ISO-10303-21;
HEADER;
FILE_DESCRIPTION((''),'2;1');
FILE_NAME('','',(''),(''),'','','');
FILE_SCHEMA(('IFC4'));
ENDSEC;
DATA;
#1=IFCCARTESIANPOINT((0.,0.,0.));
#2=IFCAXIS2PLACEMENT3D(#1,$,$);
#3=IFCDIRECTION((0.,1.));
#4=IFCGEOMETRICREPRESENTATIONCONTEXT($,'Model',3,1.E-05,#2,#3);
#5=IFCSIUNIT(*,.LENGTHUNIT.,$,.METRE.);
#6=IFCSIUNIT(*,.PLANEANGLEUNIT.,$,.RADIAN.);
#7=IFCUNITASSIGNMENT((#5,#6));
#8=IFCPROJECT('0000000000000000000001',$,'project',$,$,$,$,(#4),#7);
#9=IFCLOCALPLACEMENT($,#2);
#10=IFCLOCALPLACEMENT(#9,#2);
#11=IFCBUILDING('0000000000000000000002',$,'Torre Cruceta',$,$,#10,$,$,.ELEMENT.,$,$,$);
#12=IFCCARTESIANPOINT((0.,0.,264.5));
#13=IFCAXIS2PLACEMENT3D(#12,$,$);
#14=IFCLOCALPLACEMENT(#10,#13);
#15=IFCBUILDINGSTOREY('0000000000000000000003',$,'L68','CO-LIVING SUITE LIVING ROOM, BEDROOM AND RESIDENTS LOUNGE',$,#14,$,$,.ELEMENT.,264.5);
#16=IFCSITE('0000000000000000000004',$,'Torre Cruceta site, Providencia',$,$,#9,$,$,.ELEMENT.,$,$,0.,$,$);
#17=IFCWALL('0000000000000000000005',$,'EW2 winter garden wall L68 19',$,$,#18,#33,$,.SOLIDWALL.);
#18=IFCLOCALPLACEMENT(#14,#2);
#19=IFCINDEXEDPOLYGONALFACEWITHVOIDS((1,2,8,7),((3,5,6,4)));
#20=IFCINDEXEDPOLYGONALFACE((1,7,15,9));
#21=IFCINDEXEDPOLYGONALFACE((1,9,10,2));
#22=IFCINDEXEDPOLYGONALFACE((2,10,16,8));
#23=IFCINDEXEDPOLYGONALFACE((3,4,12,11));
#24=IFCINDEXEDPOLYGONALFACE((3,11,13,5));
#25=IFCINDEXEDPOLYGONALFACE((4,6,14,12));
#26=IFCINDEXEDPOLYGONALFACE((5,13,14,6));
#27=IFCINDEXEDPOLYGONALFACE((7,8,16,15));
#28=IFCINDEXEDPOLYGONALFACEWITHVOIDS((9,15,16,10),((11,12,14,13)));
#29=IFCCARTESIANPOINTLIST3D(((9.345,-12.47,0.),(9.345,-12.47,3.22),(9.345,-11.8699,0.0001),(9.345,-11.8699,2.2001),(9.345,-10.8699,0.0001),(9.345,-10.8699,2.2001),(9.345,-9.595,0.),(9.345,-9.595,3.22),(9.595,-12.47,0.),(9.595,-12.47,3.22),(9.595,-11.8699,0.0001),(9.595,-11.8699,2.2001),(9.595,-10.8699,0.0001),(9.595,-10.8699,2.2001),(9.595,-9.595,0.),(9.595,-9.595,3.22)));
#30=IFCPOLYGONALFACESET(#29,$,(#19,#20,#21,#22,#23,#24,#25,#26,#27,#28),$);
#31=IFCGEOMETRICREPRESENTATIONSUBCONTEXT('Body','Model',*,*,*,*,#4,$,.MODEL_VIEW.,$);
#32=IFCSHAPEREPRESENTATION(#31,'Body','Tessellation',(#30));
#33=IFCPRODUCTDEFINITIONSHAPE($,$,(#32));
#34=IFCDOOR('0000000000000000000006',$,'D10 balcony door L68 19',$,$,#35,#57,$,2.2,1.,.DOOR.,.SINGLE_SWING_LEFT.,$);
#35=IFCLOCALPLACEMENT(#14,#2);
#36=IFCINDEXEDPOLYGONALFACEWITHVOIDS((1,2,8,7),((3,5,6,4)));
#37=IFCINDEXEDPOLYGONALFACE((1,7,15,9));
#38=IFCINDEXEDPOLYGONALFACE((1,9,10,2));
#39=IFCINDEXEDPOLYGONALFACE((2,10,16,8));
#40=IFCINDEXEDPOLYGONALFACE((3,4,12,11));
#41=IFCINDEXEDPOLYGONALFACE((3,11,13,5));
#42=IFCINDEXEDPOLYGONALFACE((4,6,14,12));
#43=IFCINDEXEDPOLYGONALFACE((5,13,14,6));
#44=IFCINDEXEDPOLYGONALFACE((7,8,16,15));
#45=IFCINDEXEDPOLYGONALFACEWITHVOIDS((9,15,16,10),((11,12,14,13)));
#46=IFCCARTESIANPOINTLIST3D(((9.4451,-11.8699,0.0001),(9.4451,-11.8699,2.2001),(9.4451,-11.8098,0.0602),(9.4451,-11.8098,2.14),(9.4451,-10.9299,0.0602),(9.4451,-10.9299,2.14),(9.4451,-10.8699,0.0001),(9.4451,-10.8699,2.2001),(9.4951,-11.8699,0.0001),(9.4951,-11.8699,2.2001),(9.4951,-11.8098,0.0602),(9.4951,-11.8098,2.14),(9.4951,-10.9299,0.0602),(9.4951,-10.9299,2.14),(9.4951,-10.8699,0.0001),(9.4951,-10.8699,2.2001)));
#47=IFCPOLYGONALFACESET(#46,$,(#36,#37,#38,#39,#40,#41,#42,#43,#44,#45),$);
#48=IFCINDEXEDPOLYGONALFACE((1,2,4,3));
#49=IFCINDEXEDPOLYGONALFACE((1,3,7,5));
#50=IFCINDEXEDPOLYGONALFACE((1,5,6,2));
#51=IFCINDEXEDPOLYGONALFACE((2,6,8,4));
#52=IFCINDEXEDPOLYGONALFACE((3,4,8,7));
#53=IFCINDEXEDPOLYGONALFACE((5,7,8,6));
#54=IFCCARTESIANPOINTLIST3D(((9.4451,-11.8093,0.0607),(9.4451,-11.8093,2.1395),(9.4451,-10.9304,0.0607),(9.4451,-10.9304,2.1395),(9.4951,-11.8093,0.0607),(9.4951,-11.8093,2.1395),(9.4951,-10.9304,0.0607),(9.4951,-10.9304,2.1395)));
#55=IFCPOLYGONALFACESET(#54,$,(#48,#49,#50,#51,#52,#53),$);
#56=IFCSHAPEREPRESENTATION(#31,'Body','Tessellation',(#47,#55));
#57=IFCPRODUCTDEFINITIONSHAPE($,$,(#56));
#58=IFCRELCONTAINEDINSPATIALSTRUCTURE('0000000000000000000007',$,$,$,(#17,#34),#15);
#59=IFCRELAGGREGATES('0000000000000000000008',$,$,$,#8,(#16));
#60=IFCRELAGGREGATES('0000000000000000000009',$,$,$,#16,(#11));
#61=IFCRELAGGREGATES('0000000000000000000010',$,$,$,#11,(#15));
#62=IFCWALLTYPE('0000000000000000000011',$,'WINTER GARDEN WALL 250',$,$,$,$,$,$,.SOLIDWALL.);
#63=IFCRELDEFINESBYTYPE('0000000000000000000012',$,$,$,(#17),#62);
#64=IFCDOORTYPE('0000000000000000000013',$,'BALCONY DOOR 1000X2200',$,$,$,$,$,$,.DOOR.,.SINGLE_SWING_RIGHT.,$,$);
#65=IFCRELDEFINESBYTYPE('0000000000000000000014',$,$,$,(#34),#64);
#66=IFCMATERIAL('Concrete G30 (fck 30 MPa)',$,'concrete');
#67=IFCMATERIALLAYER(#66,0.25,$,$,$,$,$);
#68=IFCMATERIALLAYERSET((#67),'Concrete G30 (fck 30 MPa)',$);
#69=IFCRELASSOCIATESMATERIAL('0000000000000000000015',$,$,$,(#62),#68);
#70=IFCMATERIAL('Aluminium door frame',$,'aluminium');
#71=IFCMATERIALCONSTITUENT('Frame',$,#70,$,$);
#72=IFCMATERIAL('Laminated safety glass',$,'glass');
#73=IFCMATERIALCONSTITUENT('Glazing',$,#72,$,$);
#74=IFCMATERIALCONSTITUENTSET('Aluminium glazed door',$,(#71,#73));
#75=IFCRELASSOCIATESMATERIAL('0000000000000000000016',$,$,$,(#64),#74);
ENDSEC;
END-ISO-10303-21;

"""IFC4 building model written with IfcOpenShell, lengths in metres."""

from ifc_helpers import new_model, si_unit, direction, frame, frame_2d, origin, place, context, subcontext, project, spatial, rectangle, hollow_rectangle, extrude, material, layer, layer_set, constituent, constituent_set, type_object, element, fill, save


model = new_model("IFC4")

# Units and contexts
model_context = context("Model", 3, precision=1e-05, world=origin(), true_north=direction((0.0, 1.0)))
body_context = subcontext(model_context, "Body", "Model", "MODEL_VIEW")
ifc_project = project(units=[si_unit("LENGTHUNIT", "METRE"), si_unit("PLANEANGLEUNIT", "RADIAN")], contexts=[model_context])

# Site, building, storey
site_placement = place(None, origin())
site = spatial("IfcSite", under=ifc_project, at=site_placement, Name="Torre Cruceta site, Providencia", CompositionType="ELEMENT", RefElevation=0.0)
building_placement = place(site_placement, origin())
building = spatial("IfcBuilding", under=site, at=building_placement, Name="Torre Cruceta", CompositionType="ELEMENT")
storey_placement = place(building_placement, frame((0.0, 0.0, 264.5)))
storey = spatial("IfcBuildingStorey", under=building, at=storey_placement, Name="L68", Description="CO-LIVING SUITE LIVING ROOM, BEDROOM AND RESIDENTS LOUNGE", CompositionType="ELEMENT", Elevation=264.5)

# Wall, opening, door
ifc_material_1 = material(Name="Concrete G30 (fck 30 MPa)", Category="concrete")
ifc_layer_1 = layer(ifc_material_1, 0.25)
ifc_layer_set_1 = layer_set([ifc_layer_1], Name="Concrete G30 (fck 30 MPa)")
wall_type_1 = type_object("IfcWallType", Name="WINTER GARDEN WALL 250", PredefinedType="SOLIDWALL", material=ifc_layer_set_1)
ifc_material_2 = material(Name="Aluminium door frame", Category="aluminium")
ifc_constituent_1 = constituent(ifc_material_2, Name="Frame")
ifc_material_3 = material(Name="Laminated safety glass", Category="glass")
ifc_constituent_2 = constituent(ifc_material_3, Name="Glazing")
ifc_constituent_set_1 = constituent_set(constituents=[ifc_constituent_1, ifc_constituent_2], Name="Aluminium glazed door")
door_type_1 = type_object("IfcDoorType", Name="BALCONY DOOR 1000X2200", OperationType="SINGLE_SWING_RIGHT", PredefinedType="DOOR", material=ifc_constituent_set_1)
wall_1_placement = place(storey_placement, frame((9.47, -12.47, 0.0), z_axis=(0.0, 0.0, 1.0), x_axis=(0.0, 1.0, 0.0)))
wall_1 = element("IfcWall", 1, at=wall_1_placement, inside=storey, type_object=wall_type_1, Name="EW2 winter garden wall L68 19", PredefinedType="SOLIDWALL", context=body_context, shape_type="SweptSolid", body=[
    extrude(rectangle(XDim=2.875, YDim=0.25, at=frame_2d((1.4375, 0.0))), origin(), (0.0, 0.0, 1.0), 3.22),
])
opening_1_placement = place(wall_1_placement, frame((0.6001, 0.0, 0.0)))
opening_1 = element("IfcOpeningElement", 2, at=opening_1_placement, cuts=wall_1, PredefinedType="OPENING", context=body_context, shape_type="SweptSolid", body=[
    extrude(rectangle(XDim=1.0, YDim=2.2, at=frame_2d((0.5, 1.1001))), frame((0.0, 0.135, 0.0), z_axis=(0.0, -1.0, 0.0), x_axis=(1.0, 0.0, 0.0)), (0.0, 0.0, 1.0), 0.27),
])
door_1_placement = place(opening_1_placement, origin())
door_1 = element("IfcDoor", 3, at=door_1_placement, inside=storey, type_object=door_type_1, Name="D10 balcony door L68 19", OperationType="SINGLE_SWING_LEFT", OverallHeight=2.2, OverallWidth=1.0, PredefinedType="DOOR", context=body_context, shape_type="SweptSolid", body=[
    extrude(hollow_rectangle(XDim=1.0, YDim=2.2, WallThickness=0.0601, at=frame_2d((0.5, 1.1001))), frame((0.0, 0.0249, 0.0), z_axis=(0.0, -1.0, 0.0), x_axis=(1.0, 0.0, 0.0)), (0.0, 0.0, 1.0), 0.05),
    extrude(rectangle(XDim=0.8789, YDim=2.0789, at=frame_2d((0.5, 1.1001))), frame((0.0, 0.0249, 0.0), z_axis=(0.0, -1.0, 0.0), x_axis=(1.0, 0.0, 0.0)), (0.0, 0.0, 1.0), 0.05),
])
fill(opening_1, door_1)

save(model, "model.ifc")
